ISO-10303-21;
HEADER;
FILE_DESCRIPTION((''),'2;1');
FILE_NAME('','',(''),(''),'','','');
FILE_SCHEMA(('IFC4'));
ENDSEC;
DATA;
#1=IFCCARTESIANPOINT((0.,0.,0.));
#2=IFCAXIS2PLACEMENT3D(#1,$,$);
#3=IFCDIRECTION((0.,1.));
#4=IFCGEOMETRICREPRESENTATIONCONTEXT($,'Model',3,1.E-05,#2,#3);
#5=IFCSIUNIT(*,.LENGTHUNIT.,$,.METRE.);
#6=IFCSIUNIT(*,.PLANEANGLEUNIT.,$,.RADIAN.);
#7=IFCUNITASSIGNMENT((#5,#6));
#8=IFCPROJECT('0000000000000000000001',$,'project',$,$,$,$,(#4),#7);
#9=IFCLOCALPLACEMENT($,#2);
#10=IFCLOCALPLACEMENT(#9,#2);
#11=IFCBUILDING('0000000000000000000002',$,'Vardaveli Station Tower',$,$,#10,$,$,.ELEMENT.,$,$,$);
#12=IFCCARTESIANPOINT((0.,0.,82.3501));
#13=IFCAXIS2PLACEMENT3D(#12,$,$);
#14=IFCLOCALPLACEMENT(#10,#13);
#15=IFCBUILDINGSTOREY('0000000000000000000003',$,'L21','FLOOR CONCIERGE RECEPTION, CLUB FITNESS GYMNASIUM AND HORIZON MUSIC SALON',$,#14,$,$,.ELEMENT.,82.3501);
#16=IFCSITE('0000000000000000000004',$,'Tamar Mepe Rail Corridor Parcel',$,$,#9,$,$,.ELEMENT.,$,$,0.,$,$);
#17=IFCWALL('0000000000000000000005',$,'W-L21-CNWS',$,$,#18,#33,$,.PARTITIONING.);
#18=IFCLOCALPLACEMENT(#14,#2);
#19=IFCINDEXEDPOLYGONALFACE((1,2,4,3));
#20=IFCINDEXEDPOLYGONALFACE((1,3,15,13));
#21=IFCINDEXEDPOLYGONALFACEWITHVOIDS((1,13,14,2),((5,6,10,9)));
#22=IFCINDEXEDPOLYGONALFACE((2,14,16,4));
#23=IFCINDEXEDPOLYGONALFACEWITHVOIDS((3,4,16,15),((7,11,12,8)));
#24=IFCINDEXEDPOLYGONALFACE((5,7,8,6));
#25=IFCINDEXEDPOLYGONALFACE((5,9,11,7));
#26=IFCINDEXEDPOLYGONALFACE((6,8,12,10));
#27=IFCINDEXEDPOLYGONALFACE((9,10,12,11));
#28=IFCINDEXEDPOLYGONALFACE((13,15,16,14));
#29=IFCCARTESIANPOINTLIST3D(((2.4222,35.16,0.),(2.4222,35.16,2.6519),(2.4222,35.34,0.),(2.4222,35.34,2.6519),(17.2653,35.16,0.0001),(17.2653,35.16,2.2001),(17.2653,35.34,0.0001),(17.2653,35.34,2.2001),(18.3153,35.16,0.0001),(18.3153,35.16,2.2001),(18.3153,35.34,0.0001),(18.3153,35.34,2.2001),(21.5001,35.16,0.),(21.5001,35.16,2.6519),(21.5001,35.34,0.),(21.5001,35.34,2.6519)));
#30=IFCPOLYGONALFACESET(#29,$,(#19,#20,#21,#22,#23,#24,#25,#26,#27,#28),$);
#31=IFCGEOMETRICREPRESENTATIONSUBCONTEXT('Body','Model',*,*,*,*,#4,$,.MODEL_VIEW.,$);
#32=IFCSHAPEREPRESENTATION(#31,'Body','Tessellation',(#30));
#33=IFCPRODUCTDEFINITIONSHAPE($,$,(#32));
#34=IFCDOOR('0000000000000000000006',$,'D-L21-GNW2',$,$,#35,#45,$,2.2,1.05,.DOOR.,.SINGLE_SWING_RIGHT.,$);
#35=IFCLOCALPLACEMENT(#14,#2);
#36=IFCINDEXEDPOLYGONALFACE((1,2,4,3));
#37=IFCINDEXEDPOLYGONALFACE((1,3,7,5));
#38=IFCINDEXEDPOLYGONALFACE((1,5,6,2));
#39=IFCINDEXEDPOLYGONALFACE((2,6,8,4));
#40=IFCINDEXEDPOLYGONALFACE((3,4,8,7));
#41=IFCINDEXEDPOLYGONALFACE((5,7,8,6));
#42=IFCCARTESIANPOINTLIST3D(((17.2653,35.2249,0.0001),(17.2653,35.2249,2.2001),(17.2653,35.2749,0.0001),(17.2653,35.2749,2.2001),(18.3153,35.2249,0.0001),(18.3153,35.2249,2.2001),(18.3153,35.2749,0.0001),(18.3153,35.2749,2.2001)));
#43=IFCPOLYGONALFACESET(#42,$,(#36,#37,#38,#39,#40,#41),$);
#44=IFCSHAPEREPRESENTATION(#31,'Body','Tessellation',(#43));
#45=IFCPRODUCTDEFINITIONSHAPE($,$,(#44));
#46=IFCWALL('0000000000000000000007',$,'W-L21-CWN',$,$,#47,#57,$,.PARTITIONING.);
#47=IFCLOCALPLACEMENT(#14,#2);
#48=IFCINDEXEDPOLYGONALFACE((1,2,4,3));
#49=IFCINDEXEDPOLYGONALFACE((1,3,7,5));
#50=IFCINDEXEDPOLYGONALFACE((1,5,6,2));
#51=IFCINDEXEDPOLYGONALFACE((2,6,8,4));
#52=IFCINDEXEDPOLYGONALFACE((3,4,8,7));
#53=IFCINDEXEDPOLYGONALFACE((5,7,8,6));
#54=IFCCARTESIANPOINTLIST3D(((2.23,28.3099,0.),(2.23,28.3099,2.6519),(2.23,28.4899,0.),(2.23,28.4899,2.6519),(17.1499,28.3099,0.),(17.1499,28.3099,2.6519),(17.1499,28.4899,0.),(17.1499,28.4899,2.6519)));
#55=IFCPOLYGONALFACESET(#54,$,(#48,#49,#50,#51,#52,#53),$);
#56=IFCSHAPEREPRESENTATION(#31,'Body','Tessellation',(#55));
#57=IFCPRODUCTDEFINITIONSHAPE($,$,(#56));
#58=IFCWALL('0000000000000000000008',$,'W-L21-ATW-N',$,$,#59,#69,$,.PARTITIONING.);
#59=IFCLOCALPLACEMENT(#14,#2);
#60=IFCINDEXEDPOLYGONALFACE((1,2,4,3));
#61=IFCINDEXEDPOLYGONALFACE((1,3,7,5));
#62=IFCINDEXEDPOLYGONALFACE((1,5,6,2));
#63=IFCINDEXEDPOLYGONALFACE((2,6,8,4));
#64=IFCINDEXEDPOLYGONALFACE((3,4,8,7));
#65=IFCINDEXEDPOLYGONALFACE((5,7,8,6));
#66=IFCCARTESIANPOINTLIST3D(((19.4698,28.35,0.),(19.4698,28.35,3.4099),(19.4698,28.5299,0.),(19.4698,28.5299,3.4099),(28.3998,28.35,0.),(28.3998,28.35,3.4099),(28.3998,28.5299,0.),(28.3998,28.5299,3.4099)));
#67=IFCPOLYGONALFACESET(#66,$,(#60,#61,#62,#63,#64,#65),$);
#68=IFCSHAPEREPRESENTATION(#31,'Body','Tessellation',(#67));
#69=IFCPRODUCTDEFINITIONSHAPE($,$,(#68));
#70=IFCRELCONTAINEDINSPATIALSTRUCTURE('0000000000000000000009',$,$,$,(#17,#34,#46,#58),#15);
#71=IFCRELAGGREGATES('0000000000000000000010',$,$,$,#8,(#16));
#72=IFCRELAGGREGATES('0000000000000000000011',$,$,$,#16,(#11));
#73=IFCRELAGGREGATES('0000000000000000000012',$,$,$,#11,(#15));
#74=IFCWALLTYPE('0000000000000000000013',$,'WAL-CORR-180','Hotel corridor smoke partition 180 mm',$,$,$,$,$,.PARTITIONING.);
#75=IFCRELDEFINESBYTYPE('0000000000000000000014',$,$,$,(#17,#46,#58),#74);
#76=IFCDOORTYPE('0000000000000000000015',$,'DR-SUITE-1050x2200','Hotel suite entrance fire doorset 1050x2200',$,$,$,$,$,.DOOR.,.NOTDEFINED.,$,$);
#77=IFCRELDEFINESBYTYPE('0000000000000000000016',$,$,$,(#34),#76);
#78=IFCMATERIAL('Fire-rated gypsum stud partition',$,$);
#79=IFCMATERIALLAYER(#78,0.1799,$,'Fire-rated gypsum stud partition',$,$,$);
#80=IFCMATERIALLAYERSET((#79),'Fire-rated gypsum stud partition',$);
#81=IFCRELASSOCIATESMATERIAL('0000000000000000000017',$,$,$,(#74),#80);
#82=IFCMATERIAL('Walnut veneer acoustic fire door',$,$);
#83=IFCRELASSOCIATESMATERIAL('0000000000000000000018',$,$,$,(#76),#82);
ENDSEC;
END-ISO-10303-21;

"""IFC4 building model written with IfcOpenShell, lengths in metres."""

from ifc_helpers import new_model, si_unit, direction, frame, frame_2d, origin, place, context, subcontext, project, spatial, rectangle, extrude, source, transform, mapped, material, layer, layer_set, type_object, element, fill, save


model = new_model("IFC4")

# Units and contexts
model_context = context("Model", 3, precision=1e-05, world=origin(), true_north=direction((0.0, 1.0)))
body_context = subcontext(model_context, "Body", "Model", "MODEL_VIEW")
ifc_project = project(units=[si_unit("LENGTHUNIT", "METRE"), si_unit("PLANEANGLEUNIT", "RADIAN")], contexts=[model_context])

# Site, building, storey
site_placement = place(None, origin())
site = spatial("IfcSite", under=ifc_project, at=site_placement, Name="Tamar Mepe Rail Corridor Parcel", CompositionType="ELEMENT", RefElevation=0.0)
building_placement = place(site_placement, origin())
building = spatial("IfcBuilding", under=site, at=building_placement, Name="Vardaveli Station Tower", CompositionType="ELEMENT")
storey_placement = place(building_placement, frame((0.0, 0.0, 82.3501)))
storey = spatial("IfcBuildingStorey", under=building, at=storey_placement, Name="L21", Description="FLOOR CONCIERGE RECEPTION, CLUB FITNESS GYMNASIUM AND HORIZON MUSIC SALON", CompositionType="ELEMENT", Elevation=82.3501)

# Wall, opening, door
ifc_material_1 = material(Name="Fire-rated gypsum stud partition")
ifc_layer_1 = layer(ifc_material_1, 0.1799, Name="Fire-rated gypsum stud partition")
ifc_layer_set_1 = layer_set([ifc_layer_1], Name="Fire-rated gypsum stud partition")
wall_type = type_object("IfcWallType", Name="WAL-CORR-180", Description="Hotel corridor smoke partition 180 mm", PredefinedType="PARTITIONING", material=ifc_layer_set_1)
shared_shape_1 = source(origin(), body_context, "Body", "SweptSolid", [
    extrude(rectangle(XDim=19.0779, YDim=0.1799, at=frame_2d((9.5391, 0.0))), origin(), (0.0, 0.0, 1.0), 2.6519),
])
wall_1_placement = place(storey_placement, frame((2.4221, 35.25, 0.0), z_axis=(0.0, 0.0, 1.0), x_axis=(1.0, 0.0, 0.0)))
wall_1 = element("IfcWall", 1, at=wall_1_placement, inside=storey, type_object=wall_type, Name="W-L21-CNWS", PredefinedType="PARTITIONING", context=body_context, shape_type="MappedRepresentation", body=[
    mapped(shared_shape_1, transform((0.0, 0.0, 0.0), scale=1.0)),
])
shared_shape_2 = source(origin(), body_context, "Body", "SweptSolid", [
    extrude(rectangle(XDim=1.05, YDim=2.2, at=frame_2d((0.5249, 1.1001))), frame((0.0, 0.1001, 0.0), z_axis=(0.0, -1.0, 0.0), x_axis=(1.0, 0.0, 0.0)), (0.0, 0.0, 1.0), 0.2),
])
opening_placement = place(wall_1_placement, frame((14.8433, 0.0, 0.0)))
opening = element("IfcOpeningElement", 2, at=opening_placement, cuts=wall_1, PredefinedType="OPENING", context=body_context, shape_type="MappedRepresentation", body=[
    mapped(shared_shape_2, transform((0.0, 0.0, 0.0), scale=1.0)),
])
ifc_material_2 = material(Name="Walnut veneer acoustic fire door")
door_type = type_object("IfcDoorType", Name="DR-SUITE-1050x2200", Description="Hotel suite entrance fire doorset 1050x2200", OperationType="NOTDEFINED", PredefinedType="DOOR", material=ifc_material_2)
shared_shape_3 = source(origin(), body_context, "Body", "SweptSolid", [
    extrude(rectangle(XDim=1.05, YDim=2.2, at=frame_2d((0.5249, 1.1001))), frame((0.0, 0.0249, 0.0), z_axis=(0.0, -1.0, 0.0), x_axis=(1.0, 0.0, 0.0)), (0.0, 0.0, 1.0), 0.05),
])
door_placement = place(opening_placement, origin())
door = element("IfcDoor", 3, at=door_placement, inside=storey, type_object=door_type, Name="D-L21-GNW2", OperationType="SINGLE_SWING_RIGHT", OverallHeight=2.2, OverallWidth=1.05, PredefinedType="DOOR", context=body_context, shape_type="MappedRepresentation", body=[
    mapped(shared_shape_3, transform((0.0, 0.0, 0.0), scale=1.0)),
])
fill(opening, door)

# Walls
shared_shape_4 = source(origin(), body_context, "Body", "SweptSolid", [
    extrude(rectangle(XDim=14.9199, YDim=0.1799, at=frame_2d((7.46, 0.0))), origin(), (0.0, 0.0, 1.0), 2.6519),
])
wall_2_placement = place(storey_placement, frame((2.23, 28.3999, 0.0), z_axis=(0.0, 0.0, 1.0), x_axis=(1.0, 0.0, 0.0)))
element("IfcWall", 4, at=wall_2_placement, inside=storey, type_object=wall_type, Name="W-L21-CWN", PredefinedType="PARTITIONING", context=body_context, shape_type="MappedRepresentation", body=[
    mapped(shared_shape_4, transform((0.0, 0.0, 0.0), scale=1.0)),
])
shared_shape_5 = source(origin(), body_context, "Body", "SweptSolid", [
    extrude(rectangle(XDim=8.9299, YDim=0.1799, at=frame_2d((4.4648, 0.0))), origin(), (0.0, 0.0, 1.0), 3.4099),
])
wall_3_placement = place(storey_placement, frame((19.47, 28.4399, 0.0), z_axis=(0.0, 0.0, 1.0), x_axis=(1.0, 0.0, 0.0)))
element("IfcWall", 5, at=wall_3_placement, inside=storey, type_object=wall_type, Name="W-L21-ATW-N", PredefinedType="PARTITIONING", context=body_context, shape_type="MappedRepresentation", body=[
    mapped(shared_shape_5, transform((0.0, 0.0, 0.0), scale=1.0)),
])

save(model, "model.ifc")
